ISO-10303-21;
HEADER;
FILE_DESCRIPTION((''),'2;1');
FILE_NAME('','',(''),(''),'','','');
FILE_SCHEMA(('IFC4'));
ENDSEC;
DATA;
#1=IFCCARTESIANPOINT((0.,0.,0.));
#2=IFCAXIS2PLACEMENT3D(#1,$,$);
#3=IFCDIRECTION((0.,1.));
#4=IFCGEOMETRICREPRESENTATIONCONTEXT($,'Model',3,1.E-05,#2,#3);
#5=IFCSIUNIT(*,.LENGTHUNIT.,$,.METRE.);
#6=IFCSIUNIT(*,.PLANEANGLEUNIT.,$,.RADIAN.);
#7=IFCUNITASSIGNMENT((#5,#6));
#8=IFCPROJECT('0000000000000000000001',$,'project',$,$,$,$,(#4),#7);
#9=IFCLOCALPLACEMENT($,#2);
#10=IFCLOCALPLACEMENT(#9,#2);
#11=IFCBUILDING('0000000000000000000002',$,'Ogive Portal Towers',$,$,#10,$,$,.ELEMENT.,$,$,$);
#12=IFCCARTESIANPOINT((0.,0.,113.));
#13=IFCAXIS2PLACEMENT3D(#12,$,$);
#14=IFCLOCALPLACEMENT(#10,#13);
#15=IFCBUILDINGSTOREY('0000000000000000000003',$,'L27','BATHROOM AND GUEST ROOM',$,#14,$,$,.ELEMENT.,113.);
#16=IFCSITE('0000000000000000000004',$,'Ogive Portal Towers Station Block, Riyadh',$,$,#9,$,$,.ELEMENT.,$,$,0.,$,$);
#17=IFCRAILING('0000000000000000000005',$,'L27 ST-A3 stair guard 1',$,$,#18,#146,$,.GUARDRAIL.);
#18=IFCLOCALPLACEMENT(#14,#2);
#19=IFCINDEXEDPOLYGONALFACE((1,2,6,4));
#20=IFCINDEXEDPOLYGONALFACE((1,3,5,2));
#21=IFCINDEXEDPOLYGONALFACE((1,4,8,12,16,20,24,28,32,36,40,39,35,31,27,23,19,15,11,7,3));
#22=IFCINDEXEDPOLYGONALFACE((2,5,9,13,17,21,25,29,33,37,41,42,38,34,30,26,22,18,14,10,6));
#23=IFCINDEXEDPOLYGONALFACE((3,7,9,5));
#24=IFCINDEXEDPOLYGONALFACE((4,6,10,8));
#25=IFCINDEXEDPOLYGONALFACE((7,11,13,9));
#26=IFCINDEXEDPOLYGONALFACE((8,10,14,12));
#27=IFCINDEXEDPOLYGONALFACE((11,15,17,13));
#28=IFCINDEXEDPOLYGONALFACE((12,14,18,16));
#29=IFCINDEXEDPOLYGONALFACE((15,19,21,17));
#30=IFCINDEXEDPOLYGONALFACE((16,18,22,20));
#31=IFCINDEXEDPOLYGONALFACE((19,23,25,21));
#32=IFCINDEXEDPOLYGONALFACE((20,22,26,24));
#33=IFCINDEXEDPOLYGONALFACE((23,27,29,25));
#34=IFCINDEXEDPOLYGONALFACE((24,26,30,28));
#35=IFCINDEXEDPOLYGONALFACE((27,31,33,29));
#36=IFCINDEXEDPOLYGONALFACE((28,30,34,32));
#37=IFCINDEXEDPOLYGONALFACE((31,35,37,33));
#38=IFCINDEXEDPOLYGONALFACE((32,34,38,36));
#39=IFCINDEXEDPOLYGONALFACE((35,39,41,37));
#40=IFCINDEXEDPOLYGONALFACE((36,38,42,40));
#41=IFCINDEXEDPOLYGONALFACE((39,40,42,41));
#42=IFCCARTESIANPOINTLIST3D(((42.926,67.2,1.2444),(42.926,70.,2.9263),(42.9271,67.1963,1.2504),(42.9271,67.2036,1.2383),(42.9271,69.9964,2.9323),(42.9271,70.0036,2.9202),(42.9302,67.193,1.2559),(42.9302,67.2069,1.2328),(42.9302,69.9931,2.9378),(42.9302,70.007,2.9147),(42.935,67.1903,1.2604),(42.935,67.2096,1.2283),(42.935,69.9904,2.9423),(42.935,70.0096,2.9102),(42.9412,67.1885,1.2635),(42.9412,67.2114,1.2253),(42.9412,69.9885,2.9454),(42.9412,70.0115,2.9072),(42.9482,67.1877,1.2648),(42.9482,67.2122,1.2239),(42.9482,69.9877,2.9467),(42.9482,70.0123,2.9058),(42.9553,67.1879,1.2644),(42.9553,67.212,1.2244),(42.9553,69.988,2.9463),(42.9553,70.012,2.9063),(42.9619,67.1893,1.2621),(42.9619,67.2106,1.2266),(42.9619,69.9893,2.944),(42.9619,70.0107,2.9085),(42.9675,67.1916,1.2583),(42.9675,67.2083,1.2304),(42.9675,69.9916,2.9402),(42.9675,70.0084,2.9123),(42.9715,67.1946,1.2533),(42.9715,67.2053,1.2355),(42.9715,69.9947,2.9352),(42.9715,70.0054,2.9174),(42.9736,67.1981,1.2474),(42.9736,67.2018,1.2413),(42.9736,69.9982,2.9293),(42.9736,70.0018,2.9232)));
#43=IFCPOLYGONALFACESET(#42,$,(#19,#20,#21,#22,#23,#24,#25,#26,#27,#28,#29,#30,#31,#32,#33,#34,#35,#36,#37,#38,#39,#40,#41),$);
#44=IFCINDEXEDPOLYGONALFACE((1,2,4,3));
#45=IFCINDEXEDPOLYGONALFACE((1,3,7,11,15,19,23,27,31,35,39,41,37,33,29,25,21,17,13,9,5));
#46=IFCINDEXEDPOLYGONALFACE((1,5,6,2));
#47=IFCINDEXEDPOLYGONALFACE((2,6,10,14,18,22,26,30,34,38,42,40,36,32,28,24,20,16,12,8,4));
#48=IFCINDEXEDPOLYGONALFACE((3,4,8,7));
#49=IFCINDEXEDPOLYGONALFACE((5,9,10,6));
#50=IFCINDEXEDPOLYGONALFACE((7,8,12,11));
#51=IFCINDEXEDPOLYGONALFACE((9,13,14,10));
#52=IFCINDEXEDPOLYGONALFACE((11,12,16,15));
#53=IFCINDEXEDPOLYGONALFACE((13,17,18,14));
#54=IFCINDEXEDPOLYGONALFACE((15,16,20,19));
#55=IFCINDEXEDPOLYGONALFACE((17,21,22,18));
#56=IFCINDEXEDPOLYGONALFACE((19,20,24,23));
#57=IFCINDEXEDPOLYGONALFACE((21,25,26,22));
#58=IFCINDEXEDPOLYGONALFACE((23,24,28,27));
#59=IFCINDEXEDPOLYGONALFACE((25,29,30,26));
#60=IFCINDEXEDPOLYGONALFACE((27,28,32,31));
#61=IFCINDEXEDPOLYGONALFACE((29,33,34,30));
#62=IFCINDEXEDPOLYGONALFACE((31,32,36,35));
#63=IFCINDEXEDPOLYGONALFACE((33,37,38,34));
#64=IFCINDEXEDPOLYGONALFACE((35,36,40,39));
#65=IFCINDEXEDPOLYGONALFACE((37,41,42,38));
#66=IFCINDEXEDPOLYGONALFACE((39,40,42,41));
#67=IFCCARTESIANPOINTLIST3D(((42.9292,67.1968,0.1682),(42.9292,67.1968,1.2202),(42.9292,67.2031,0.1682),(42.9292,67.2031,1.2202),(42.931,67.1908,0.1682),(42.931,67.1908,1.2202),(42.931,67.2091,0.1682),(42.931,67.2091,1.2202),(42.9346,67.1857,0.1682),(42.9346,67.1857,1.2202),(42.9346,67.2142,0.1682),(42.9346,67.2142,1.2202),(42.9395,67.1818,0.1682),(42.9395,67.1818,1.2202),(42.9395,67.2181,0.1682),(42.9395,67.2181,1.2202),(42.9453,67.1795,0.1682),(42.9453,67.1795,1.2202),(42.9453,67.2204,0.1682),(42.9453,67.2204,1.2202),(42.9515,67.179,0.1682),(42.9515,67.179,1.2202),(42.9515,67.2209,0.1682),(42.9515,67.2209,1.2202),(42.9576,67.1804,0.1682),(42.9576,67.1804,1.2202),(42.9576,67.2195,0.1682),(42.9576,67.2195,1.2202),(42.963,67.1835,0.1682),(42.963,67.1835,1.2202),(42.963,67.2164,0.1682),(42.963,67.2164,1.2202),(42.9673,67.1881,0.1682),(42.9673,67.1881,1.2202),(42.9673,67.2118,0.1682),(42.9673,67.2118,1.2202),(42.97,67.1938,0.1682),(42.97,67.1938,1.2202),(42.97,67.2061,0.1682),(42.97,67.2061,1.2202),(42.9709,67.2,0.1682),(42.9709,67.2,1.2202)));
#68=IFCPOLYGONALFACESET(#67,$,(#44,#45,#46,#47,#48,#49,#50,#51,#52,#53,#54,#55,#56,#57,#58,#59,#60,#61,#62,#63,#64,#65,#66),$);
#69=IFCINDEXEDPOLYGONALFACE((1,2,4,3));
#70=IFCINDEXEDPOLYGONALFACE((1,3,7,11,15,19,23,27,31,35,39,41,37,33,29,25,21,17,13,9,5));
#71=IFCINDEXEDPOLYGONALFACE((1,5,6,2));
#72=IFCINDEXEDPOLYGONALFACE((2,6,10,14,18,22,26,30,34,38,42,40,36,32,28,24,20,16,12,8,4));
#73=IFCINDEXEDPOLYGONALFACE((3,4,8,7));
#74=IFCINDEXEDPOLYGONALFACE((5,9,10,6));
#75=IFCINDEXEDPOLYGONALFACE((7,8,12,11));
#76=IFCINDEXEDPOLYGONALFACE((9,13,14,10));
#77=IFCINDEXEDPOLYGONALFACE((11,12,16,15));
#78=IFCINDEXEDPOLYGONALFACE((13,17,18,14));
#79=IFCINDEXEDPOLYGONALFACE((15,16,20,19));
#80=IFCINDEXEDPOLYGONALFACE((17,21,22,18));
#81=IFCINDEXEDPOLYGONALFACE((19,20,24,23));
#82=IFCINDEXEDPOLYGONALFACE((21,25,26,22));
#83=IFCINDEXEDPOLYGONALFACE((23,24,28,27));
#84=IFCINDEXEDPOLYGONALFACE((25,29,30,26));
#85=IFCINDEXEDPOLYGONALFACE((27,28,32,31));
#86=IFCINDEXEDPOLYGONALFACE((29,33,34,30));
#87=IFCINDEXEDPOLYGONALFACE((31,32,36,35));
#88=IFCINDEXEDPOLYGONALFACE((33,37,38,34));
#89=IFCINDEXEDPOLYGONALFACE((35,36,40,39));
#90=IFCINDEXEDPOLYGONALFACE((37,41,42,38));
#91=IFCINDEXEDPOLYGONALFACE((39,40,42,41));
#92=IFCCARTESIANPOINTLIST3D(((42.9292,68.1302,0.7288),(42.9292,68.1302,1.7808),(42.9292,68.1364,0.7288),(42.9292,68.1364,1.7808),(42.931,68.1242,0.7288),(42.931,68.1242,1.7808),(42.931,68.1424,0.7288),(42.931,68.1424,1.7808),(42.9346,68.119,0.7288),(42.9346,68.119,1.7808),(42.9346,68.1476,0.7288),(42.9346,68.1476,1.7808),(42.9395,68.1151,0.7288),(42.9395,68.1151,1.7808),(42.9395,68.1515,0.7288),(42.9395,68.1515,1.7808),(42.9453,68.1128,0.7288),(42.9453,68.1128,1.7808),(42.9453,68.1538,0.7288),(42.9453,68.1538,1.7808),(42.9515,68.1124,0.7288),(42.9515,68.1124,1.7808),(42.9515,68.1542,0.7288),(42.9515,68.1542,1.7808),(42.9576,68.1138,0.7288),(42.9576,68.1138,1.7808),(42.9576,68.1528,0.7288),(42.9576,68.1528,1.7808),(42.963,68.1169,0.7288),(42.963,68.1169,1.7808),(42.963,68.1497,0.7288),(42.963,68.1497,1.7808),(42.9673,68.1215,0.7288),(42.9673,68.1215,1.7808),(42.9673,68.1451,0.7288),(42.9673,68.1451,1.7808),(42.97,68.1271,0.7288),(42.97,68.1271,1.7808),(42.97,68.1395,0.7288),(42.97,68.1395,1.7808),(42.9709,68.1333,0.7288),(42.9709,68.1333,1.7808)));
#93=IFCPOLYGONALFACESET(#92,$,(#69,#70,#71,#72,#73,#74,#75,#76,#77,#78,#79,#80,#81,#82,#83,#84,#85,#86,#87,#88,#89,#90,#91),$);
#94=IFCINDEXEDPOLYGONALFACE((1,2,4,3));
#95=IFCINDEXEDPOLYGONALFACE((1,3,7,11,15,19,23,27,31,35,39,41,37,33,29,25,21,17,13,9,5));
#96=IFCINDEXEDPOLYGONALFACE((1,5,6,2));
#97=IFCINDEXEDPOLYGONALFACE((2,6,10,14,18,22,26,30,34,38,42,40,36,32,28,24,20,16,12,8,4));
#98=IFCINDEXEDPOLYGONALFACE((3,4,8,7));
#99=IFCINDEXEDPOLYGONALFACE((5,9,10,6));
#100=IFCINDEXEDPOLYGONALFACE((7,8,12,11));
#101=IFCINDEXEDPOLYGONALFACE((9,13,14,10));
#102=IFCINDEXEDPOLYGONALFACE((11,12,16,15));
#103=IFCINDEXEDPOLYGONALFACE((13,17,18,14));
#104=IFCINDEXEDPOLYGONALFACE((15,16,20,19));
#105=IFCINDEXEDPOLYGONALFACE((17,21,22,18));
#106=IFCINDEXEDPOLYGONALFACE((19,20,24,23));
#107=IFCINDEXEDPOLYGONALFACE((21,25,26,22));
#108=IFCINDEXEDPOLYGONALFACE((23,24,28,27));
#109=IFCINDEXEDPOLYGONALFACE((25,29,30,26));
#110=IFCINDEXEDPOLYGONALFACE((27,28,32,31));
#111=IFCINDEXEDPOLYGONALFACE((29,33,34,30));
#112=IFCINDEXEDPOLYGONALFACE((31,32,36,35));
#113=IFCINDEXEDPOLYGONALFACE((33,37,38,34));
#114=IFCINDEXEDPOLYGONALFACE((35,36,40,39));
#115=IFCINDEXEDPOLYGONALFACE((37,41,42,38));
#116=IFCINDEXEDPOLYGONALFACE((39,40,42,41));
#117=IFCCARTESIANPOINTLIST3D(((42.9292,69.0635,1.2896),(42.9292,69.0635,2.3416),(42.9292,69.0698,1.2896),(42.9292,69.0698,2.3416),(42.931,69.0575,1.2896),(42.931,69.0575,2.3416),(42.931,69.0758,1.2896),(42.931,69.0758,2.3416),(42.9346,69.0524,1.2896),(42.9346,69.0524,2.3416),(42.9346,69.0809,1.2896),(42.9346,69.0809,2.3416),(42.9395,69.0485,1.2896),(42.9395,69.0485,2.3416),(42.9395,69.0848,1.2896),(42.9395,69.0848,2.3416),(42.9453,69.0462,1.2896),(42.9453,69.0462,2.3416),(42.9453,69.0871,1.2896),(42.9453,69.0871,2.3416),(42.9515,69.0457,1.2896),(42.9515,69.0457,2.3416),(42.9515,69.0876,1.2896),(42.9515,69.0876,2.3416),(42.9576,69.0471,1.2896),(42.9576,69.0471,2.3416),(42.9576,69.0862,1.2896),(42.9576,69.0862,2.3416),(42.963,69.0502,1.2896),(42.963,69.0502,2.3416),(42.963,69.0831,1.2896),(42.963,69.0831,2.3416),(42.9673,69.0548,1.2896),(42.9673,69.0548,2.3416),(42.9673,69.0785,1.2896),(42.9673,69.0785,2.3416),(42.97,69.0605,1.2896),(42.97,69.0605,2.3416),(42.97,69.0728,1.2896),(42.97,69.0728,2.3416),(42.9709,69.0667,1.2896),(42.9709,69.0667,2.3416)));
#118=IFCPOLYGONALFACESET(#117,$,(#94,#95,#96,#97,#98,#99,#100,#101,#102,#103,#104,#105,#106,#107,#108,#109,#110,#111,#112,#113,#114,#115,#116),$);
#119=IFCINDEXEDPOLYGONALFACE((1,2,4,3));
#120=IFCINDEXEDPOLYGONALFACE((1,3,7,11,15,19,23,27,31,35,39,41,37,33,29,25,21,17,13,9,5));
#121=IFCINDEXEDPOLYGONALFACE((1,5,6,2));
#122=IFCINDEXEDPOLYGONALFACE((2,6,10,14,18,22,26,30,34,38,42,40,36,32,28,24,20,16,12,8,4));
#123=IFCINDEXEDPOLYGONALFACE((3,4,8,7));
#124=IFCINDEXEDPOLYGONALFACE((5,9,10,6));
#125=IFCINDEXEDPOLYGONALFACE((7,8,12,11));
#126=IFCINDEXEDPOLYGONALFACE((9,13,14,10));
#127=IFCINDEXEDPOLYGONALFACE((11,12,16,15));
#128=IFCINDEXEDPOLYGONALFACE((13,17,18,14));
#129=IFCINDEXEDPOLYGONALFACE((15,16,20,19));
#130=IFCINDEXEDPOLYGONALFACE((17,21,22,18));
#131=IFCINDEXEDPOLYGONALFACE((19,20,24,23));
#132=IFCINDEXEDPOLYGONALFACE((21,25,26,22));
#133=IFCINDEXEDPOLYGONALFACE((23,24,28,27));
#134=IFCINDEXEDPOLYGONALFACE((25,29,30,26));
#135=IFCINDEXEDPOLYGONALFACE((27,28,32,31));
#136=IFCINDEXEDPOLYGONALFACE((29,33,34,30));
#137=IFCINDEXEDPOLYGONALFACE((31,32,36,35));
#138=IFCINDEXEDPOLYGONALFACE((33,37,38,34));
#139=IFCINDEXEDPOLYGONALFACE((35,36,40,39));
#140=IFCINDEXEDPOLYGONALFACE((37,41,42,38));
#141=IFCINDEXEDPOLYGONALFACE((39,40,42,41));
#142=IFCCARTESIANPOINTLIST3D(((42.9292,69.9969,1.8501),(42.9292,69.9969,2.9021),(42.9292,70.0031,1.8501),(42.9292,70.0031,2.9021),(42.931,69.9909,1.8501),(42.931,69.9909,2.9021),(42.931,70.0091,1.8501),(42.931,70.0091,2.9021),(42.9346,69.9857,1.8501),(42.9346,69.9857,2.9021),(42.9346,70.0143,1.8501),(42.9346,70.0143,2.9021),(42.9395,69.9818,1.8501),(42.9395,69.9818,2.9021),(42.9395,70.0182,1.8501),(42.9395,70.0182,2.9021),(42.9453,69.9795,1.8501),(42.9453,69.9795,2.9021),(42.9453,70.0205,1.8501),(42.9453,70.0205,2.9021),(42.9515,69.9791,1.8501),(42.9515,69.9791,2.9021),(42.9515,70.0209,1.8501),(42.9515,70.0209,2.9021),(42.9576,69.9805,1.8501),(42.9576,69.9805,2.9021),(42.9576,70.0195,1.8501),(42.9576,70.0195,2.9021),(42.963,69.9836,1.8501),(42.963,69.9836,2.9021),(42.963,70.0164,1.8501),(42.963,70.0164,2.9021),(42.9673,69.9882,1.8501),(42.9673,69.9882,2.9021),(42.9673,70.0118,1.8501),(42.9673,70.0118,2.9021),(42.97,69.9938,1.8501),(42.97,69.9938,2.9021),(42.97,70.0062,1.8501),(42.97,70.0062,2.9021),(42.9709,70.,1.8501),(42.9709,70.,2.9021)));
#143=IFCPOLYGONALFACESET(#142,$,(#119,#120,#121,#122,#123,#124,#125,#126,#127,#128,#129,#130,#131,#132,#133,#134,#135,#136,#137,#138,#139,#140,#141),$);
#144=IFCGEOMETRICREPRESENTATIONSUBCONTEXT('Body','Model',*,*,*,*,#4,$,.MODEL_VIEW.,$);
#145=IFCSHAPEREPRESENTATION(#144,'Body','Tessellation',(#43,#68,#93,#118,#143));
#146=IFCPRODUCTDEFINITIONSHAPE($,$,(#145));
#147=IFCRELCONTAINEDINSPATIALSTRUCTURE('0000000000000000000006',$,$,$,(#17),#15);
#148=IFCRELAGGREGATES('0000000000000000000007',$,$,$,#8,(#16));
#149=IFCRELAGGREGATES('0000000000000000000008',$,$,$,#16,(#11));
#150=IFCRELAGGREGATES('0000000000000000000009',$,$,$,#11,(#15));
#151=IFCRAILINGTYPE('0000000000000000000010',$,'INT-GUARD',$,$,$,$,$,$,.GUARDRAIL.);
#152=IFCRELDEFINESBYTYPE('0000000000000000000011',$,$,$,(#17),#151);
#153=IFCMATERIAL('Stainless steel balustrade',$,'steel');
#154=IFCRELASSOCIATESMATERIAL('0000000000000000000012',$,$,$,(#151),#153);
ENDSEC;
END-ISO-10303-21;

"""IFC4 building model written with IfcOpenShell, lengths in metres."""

from ifc_helpers import new_model, si_unit, direction, frame, origin, origin_2d, place, context, subcontext, project, spatial, circle, extrude, material, type_object, element, save


model = new_model("IFC4")

# Units and contexts
model_context = context("Model", 3, precision=1e-05, world=origin(), true_north=direction((0.0, 1.0)))
body_context = subcontext(model_context, "Body", "Model", "MODEL_VIEW")
ifc_project = project(units=[si_unit("LENGTHUNIT", "METRE"), si_unit("PLANEANGLEUNIT", "RADIAN")], contexts=[model_context])

# Site, building, storey
site_placement = place(None, origin())
site = spatial("IfcSite", under=ifc_project, at=site_placement, Name="Ogive Portal Towers Station Block, Riyadh", CompositionType="ELEMENT", RefElevation=0.0)
building_placement = place(site_placement, origin())
building = spatial("IfcBuilding", under=site, at=building_placement, Name="Ogive Portal Towers", CompositionType="ELEMENT")
storey_placement = place(building_placement, frame((0.0, 0.0, 113.0)))
storey = spatial("IfcBuildingStorey", under=building, at=storey_placement, Name="L27", Description="BATHROOM AND GUEST ROOM", CompositionType="ELEMENT", Elevation=113.0)

# Railing
ifc_material_1 = material(Name="Stainless steel balustrade", Category="steel")
railing_type_1 = type_object("IfcRailingType", Name="INT-GUARD", PredefinedType="GUARDRAIL", material=ifc_material_1)
railing_1_placement = place(storey_placement, frame((42.95, 67.2, 0.1682)))
element("IfcRailing", 1, at=railing_1_placement, inside=storey, type_object=railing_type_1, Name="L27 ST-A3 stair guard 1", PredefinedType="GUARDRAIL", context=body_context, shape_type="SweptSolid", body=[
    extrude(circle(Radius=0.0239, at=origin_2d()), frame((0.0, 0.0, 1.0762), z_axis=(0.0, 0.857242, 0.514913), x_axis=(-1.0, 0.0, 0.0)), (0.0, 0.0, 1.0), 3.2664),
    extrude(circle(Radius=0.021, at=origin_2d()), origin(), (0.0, 0.0, 1.0), 1.052),
    extrude(circle(Radius=0.021, at=origin_2d()), frame((0.0, 0.9333, 0.5605)), (0.0, 0.0, 1.0), 1.052),
    extrude(circle(Radius=0.021, at=origin_2d()), frame((0.0, 1.8667, 1.1213)), (0.0, 0.0, 1.0), 1.052),
    extrude(circle(Radius=0.021, at=origin_2d()), frame((0.0, 2.8, 1.6819)), (0.0, 0.0, 1.0), 1.052),
])

save(model, "model.ifc")
